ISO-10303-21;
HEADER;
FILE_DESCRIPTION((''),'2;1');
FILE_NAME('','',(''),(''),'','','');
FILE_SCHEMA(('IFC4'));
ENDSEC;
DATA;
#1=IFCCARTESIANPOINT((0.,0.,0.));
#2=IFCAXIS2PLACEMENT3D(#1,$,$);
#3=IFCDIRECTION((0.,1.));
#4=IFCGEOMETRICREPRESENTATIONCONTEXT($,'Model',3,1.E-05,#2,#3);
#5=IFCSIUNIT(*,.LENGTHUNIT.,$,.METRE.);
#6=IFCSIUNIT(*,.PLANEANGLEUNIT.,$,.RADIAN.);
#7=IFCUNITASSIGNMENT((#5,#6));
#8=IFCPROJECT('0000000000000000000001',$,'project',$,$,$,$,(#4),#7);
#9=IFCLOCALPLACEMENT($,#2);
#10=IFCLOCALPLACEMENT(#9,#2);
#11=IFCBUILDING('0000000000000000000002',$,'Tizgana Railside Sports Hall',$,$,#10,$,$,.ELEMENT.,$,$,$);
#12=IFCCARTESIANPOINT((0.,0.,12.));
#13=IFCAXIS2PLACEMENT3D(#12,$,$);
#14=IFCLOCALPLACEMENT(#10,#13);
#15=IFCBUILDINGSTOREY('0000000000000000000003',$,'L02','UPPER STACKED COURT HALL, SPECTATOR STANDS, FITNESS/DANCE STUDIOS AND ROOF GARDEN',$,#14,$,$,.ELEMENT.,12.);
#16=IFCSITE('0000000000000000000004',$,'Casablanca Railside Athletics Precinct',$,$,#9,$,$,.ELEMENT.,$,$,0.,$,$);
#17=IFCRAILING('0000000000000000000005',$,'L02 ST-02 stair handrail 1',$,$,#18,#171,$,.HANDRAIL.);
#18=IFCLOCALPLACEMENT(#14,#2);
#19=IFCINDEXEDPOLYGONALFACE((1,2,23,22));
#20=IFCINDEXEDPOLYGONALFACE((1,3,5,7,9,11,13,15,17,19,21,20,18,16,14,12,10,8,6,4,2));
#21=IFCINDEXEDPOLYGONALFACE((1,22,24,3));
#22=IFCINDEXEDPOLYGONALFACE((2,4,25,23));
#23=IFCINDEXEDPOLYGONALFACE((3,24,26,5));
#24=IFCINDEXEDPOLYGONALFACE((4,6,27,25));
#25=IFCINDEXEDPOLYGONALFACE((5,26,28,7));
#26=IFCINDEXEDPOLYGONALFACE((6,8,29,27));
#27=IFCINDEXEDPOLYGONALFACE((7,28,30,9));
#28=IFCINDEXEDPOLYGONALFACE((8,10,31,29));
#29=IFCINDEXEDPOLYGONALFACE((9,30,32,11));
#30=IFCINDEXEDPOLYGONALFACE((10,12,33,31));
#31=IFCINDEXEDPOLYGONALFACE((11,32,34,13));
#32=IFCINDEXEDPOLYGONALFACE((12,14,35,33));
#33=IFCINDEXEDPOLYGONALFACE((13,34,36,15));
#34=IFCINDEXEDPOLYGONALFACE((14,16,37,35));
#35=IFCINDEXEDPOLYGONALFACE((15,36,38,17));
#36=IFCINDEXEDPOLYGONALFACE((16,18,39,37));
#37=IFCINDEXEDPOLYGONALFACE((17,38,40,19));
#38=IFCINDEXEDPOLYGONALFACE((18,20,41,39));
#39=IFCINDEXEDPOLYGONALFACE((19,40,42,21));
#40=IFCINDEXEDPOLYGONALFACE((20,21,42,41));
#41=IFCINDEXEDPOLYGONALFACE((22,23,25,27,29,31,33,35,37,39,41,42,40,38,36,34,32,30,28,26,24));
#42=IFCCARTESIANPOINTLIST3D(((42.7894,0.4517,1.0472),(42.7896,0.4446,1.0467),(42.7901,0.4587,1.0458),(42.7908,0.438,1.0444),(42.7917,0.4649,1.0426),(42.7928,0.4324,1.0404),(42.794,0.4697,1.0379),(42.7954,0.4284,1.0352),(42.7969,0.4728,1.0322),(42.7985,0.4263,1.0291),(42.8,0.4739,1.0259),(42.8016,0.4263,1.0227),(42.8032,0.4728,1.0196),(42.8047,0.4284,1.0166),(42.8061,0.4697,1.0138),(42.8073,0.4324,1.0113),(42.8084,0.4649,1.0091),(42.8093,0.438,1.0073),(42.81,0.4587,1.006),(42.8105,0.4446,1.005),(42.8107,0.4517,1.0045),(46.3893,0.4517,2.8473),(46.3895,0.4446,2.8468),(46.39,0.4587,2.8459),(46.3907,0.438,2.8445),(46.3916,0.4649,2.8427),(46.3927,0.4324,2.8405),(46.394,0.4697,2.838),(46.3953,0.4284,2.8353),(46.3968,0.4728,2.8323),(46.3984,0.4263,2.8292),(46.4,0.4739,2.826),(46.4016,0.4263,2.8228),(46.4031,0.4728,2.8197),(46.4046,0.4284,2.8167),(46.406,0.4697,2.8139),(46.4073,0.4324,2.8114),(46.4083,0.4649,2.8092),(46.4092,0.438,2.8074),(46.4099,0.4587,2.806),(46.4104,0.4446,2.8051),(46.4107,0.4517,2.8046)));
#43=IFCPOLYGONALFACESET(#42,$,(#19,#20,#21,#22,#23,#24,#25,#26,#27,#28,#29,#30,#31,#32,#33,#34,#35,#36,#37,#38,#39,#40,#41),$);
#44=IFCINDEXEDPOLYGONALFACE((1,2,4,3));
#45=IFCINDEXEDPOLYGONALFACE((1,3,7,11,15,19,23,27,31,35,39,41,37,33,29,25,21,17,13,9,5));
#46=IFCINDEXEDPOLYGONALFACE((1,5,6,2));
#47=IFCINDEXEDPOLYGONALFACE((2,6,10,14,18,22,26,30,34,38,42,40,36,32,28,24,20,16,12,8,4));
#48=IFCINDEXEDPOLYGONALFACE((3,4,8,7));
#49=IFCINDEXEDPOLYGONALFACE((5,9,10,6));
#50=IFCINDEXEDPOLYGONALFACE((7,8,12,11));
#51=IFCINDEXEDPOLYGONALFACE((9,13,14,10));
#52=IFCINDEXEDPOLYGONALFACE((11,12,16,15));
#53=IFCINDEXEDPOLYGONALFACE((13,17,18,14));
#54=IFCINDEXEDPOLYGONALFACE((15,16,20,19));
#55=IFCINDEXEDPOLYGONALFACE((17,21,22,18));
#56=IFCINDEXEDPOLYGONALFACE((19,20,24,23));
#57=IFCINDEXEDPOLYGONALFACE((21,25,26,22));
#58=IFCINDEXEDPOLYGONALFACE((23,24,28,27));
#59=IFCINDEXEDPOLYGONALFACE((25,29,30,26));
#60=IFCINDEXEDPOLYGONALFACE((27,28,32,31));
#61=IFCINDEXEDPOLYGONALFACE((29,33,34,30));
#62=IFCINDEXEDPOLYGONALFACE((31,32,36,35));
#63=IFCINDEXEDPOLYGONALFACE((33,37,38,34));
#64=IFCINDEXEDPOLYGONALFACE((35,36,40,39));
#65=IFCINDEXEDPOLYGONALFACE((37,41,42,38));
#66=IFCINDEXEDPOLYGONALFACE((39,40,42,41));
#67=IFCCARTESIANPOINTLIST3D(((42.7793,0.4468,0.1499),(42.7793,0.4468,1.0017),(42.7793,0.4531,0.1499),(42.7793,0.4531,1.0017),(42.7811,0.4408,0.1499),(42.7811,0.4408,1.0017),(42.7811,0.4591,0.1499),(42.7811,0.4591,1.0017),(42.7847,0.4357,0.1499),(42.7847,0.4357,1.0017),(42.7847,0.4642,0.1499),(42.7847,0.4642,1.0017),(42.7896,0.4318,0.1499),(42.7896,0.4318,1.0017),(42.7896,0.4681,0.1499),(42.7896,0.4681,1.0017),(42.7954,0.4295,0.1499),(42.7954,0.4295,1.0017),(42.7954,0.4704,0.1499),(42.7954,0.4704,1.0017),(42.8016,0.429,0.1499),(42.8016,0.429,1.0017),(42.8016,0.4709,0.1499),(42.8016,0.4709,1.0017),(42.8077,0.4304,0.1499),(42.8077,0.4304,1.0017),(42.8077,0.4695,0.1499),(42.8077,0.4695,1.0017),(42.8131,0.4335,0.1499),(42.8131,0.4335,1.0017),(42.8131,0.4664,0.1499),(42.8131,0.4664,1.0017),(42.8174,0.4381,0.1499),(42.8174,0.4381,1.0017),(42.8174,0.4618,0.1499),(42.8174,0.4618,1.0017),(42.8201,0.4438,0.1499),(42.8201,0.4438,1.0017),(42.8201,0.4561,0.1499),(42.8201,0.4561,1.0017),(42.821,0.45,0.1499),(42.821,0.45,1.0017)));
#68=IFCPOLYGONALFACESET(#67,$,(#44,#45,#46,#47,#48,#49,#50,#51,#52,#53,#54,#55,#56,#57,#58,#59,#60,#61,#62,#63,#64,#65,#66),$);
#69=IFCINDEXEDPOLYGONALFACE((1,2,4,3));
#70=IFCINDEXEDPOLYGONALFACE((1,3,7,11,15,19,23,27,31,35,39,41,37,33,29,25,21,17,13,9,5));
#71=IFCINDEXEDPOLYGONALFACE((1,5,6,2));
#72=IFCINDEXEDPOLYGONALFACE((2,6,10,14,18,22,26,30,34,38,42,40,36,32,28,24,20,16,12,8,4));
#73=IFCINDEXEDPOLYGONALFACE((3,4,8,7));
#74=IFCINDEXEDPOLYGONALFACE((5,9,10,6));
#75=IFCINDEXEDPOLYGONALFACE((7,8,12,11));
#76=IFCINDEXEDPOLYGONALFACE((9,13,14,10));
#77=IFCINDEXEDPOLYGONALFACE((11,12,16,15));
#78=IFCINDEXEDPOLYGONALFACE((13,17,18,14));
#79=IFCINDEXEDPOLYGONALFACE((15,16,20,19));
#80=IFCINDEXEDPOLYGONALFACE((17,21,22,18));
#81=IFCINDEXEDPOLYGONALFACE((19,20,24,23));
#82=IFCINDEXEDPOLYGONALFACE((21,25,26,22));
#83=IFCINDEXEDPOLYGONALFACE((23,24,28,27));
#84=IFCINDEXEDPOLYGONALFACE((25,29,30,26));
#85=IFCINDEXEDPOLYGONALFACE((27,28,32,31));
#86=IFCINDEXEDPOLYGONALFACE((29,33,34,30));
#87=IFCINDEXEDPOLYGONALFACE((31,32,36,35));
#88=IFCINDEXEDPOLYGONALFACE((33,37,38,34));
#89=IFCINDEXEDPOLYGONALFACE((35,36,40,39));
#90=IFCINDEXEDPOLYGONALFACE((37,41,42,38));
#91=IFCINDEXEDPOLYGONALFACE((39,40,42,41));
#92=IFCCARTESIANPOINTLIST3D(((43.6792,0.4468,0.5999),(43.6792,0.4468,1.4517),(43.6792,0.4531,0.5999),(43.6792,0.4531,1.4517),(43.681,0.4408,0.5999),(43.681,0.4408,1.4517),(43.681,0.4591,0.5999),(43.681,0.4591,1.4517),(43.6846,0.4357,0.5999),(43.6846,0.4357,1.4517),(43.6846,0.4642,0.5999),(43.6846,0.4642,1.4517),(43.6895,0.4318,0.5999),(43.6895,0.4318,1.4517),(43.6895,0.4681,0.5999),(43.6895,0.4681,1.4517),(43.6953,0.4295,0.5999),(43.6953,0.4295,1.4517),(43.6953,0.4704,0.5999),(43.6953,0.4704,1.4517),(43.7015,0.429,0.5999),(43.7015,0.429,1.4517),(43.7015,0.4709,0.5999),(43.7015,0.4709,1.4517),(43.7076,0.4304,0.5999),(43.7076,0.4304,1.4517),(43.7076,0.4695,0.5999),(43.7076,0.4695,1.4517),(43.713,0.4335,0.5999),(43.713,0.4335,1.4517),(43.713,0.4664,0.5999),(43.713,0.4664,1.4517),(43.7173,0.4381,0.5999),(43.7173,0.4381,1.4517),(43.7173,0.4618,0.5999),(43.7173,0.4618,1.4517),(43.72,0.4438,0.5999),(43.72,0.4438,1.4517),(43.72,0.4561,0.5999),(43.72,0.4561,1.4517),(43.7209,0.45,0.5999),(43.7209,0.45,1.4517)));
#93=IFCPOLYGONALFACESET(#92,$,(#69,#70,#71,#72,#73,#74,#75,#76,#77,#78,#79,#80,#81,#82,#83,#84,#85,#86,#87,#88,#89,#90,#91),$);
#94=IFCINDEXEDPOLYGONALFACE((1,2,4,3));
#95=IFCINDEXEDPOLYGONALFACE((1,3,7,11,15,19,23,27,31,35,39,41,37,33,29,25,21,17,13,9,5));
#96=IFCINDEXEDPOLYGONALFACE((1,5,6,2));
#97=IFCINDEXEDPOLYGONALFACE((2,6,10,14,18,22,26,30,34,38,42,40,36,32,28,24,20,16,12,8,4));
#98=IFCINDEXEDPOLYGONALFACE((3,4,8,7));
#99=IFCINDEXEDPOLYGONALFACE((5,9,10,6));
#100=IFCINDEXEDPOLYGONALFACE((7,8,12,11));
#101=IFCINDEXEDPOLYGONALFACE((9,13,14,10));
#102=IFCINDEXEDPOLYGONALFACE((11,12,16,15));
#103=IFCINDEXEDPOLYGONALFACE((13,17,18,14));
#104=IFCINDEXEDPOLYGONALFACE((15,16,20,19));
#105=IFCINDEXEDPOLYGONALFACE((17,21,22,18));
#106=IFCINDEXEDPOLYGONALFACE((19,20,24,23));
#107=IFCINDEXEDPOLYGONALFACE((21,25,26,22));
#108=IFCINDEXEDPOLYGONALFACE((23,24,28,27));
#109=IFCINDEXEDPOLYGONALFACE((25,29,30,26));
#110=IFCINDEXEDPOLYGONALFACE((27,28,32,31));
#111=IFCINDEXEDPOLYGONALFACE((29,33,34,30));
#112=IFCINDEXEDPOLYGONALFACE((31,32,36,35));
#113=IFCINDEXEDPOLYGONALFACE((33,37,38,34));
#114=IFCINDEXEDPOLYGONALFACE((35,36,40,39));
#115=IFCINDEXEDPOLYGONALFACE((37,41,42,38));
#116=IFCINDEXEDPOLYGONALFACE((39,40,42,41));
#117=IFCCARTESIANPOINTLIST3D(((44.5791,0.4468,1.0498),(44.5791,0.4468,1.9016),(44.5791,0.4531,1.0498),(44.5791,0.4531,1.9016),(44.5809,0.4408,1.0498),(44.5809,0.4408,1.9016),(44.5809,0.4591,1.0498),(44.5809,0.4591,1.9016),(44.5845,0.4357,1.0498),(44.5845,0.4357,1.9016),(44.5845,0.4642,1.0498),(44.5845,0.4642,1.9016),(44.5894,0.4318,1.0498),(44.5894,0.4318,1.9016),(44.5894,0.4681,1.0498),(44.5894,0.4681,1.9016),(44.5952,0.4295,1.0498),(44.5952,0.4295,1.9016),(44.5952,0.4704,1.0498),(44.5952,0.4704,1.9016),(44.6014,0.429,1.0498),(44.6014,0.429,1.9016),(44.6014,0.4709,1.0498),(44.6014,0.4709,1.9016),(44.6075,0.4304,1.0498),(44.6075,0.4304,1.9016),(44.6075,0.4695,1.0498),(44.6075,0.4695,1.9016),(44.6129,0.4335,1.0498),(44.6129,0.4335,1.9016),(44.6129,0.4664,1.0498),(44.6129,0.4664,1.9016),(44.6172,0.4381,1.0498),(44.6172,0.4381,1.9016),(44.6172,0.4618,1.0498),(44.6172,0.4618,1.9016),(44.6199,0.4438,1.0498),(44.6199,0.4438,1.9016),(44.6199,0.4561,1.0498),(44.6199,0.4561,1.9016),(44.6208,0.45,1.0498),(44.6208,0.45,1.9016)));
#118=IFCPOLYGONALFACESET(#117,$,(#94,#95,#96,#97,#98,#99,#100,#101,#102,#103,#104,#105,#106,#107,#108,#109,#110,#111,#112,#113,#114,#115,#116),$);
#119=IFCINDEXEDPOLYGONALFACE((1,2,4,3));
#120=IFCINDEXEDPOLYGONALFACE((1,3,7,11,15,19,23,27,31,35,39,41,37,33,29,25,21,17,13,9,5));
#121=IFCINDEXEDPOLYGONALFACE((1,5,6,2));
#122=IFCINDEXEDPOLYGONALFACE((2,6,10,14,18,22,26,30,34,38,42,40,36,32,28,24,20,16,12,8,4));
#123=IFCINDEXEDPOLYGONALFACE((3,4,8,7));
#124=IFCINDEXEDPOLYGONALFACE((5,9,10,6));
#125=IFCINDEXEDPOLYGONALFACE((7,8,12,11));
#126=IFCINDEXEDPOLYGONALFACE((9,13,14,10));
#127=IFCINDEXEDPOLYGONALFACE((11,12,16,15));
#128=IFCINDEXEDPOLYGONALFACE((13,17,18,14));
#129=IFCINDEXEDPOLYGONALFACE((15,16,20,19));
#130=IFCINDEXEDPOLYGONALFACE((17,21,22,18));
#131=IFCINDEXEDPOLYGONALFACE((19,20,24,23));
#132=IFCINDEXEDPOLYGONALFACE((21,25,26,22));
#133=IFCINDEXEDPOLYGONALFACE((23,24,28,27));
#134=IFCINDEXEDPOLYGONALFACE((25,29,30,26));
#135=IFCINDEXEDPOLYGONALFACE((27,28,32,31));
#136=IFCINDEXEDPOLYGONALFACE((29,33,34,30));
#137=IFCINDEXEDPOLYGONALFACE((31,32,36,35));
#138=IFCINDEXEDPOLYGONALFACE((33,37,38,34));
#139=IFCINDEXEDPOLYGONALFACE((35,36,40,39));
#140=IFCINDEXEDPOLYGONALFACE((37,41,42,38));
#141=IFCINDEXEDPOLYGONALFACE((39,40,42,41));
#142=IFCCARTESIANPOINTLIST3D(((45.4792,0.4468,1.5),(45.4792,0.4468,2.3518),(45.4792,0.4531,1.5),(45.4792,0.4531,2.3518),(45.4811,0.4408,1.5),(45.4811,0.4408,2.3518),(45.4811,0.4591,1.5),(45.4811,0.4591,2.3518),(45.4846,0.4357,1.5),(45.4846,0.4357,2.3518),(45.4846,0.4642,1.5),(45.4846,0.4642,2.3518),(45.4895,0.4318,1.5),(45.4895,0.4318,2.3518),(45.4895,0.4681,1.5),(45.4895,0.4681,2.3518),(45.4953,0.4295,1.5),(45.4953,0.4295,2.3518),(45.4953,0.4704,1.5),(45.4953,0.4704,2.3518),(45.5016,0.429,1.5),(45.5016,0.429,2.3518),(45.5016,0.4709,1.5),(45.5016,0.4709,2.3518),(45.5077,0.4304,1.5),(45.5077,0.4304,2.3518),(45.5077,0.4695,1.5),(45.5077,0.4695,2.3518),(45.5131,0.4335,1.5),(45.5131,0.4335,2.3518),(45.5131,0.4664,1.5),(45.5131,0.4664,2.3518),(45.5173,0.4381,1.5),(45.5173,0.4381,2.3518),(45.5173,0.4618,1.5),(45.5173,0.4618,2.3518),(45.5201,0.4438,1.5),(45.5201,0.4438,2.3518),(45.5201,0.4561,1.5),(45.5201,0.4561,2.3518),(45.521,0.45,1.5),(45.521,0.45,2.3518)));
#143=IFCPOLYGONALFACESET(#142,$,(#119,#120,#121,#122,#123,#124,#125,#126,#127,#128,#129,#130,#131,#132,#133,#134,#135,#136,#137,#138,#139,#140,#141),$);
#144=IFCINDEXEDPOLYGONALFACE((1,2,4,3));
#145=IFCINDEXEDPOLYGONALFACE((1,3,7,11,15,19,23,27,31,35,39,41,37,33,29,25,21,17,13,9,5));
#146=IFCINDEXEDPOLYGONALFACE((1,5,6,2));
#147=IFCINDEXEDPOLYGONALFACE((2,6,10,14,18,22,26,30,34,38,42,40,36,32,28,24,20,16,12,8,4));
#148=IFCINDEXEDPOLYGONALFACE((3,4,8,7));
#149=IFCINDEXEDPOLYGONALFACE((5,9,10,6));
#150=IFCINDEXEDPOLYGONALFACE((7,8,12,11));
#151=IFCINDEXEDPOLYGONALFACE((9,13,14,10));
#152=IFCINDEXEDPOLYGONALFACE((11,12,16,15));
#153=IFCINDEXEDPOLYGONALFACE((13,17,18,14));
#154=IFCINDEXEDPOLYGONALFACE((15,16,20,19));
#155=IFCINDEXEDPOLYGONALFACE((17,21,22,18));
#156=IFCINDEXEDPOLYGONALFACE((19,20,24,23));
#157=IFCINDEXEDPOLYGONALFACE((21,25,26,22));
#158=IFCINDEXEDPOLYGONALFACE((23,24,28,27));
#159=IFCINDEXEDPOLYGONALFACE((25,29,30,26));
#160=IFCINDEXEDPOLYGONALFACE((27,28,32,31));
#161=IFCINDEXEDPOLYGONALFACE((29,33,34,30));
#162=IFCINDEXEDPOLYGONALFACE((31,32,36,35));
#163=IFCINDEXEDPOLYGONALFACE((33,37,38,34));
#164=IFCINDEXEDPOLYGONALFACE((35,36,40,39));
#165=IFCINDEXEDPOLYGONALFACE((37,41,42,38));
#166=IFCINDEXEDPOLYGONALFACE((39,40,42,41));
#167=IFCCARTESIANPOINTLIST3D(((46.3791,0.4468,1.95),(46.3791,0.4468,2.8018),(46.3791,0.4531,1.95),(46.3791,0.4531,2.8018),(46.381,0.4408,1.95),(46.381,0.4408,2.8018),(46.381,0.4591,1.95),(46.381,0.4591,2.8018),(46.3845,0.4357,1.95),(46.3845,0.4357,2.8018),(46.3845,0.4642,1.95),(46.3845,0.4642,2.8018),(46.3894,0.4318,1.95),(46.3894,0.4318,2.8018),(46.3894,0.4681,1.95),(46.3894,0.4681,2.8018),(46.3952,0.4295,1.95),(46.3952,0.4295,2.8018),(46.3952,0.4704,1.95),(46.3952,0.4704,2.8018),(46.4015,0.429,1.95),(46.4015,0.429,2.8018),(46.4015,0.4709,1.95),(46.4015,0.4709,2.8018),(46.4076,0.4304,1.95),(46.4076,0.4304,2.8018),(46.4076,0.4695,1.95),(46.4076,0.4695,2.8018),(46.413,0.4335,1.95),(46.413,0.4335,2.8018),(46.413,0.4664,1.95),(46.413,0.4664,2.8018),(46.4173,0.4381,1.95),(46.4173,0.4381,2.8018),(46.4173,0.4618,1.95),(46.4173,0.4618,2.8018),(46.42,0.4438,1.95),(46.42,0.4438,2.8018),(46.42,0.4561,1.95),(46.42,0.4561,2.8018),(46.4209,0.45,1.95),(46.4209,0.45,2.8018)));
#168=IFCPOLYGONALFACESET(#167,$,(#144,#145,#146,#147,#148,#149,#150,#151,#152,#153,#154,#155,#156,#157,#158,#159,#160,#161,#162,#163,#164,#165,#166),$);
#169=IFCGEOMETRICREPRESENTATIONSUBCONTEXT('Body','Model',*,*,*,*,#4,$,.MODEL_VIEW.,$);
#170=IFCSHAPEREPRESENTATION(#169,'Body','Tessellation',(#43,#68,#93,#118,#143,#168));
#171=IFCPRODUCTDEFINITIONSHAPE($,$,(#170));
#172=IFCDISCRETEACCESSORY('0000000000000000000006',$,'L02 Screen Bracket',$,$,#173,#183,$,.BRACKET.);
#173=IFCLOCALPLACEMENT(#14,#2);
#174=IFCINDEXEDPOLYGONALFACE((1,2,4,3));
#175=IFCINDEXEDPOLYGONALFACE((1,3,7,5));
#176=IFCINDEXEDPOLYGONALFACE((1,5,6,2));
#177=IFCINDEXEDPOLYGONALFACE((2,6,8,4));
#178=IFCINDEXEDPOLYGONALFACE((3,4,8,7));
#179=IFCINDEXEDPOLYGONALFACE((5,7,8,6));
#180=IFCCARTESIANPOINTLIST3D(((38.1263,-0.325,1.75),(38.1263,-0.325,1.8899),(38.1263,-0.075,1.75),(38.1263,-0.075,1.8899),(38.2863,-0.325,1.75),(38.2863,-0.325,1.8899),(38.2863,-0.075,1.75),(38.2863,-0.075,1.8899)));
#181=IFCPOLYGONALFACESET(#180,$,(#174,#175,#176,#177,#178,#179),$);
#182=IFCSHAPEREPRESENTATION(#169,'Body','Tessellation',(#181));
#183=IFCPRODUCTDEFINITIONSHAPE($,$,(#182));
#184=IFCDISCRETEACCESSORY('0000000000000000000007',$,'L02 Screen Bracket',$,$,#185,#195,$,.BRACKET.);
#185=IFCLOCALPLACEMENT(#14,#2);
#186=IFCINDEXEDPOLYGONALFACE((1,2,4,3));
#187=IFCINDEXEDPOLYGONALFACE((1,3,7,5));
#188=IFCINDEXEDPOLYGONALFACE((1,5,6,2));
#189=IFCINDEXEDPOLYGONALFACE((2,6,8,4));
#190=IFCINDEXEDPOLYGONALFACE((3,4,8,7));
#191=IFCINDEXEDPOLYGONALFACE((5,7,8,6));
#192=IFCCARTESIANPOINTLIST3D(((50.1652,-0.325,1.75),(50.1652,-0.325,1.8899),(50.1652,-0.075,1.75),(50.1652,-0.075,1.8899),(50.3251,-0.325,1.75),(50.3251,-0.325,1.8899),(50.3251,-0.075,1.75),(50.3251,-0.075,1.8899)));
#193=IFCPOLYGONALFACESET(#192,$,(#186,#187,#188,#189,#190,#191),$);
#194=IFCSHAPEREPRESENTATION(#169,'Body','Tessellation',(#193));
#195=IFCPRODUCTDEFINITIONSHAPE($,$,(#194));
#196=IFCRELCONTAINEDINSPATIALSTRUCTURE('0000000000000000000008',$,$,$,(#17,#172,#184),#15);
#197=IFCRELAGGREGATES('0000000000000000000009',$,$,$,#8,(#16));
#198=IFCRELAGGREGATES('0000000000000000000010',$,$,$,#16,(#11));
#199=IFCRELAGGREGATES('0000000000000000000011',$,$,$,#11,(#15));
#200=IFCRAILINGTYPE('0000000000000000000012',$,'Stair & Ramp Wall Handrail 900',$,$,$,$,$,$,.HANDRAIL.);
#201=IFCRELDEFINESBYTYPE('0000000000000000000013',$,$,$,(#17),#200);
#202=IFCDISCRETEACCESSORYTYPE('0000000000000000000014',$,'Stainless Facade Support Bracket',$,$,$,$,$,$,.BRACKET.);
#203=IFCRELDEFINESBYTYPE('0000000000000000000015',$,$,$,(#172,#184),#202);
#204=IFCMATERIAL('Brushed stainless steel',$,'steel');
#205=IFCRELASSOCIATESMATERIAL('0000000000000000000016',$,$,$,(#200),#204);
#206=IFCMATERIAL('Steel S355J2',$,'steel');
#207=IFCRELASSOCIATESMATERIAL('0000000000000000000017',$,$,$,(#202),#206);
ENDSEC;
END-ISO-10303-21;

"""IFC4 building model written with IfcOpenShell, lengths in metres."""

from ifc_helpers import new_model, si_unit, direction, frame, origin, origin_2d, place, context, subcontext, project, spatial, rectangle, circle, extrude, material, type_object, element, save


model = new_model("IFC4")

# Units and contexts
model_context = context("Model", 3, precision=1e-05, world=origin(), true_north=direction((0.0, 1.0)))
body_context = subcontext(model_context, "Body", "Model", "MODEL_VIEW")
ifc_project = project(units=[si_unit("LENGTHUNIT", "METRE"), si_unit("PLANEANGLEUNIT", "RADIAN")], contexts=[model_context])

# Site, building, storey
site_placement = place(None, origin())
site = spatial("IfcSite", under=ifc_project, at=site_placement, Name="Casablanca Railside Athletics Precinct", CompositionType="ELEMENT", RefElevation=0.0)
building_placement = place(site_placement, origin())
building = spatial("IfcBuilding", under=site, at=building_placement, Name="Tizgana Railside Sports Hall", CompositionType="ELEMENT")
storey_placement = place(building_placement, frame((0.0, 0.0, 12.0)))
storey = spatial("IfcBuildingStorey", under=building, at=storey_placement, Name="L02", Description="UPPER STACKED COURT HALL, SPECTATOR STANDS, FITNESS/DANCE STUDIOS AND ROOF GARDEN", CompositionType="ELEMENT", Elevation=12.0)

# Shared definitions
ifc_material_1 = material(Name="Steel S355J2", Category="steel")

# Railing
ifc_material_2 = material(Name="Brushed stainless steel", Category="steel")
railing_type_1 = type_object("IfcRailingType", Name="Stair & Ramp Wall Handrail 900", PredefinedType="HANDRAIL", material=ifc_material_2)
railing_1_placement = place(storey_placement, frame((42.8, 0.45, 0.1499)))
element("IfcRailing", 1, at=railing_1_placement, inside=storey, type_object=railing_type_1, Name="L02 ST-02 stair handrail 1", PredefinedType="HANDRAIL", context=body_context, shape_type="SweptSolid", body=[
    extrude(circle(Radius=0.0239, at=origin_2d()), frame((0.0, 0.0, 0.876), z_axis=(0.894415, 0.0, 0.447238), x_axis=(0.0, 1.0, 0.0)), (0.0, 0.0, 1.0), 4.0249),
    extrude(circle(Radius=0.021, at=origin_2d()), origin(), (0.0, 0.0, 1.0), 0.8518),
    extrude(circle(Radius=0.021, at=origin_2d()), frame((0.8999, 0.0, 0.45)), (0.0, 0.0, 1.0), 0.8518),
    extrude(circle(Radius=0.021, at=origin_2d()), frame((1.7998, 0.0, 0.8999)), (0.0, 0.0, 1.0), 0.8518),
    extrude(circle(Radius=0.021, at=origin_2d()), frame((2.7, 0.0, 1.3501)), (0.0, 0.0, 1.0), 0.8518),
    extrude(circle(Radius=0.021, at=origin_2d()), frame((3.5999, 0.0, 1.8)), (0.0, 0.0, 1.0), 0.8518),
])

# Discrete accessories
discrete_accessory_type = type_object("IfcDiscreteAccessoryType", Name="Stainless Facade Support Bracket", PredefinedType="BRACKET", material=ifc_material_1)
for number, where, z_axis, x_axis, name in (
    (2, (38.2063, -0.2, 1.75), (0.0, 0.0, 1.0), (-1.0, 0.0, 0.0), "L02 Screen Bracket"),
    (3, (50.2451, -0.2, 1.75), (0.0, 0.0, 1.0), (-1.0, 0.0, 0.0), "L02 Screen Bracket"),
):
    element("IfcDiscreteAccessory", number, at=place(storey_placement, frame(where, z_axis=z_axis, x_axis=x_axis)), inside=storey, type_object=discrete_accessory_type, Name=name, PredefinedType="BRACKET", context=body_context, shape_type="SweptSolid", body=[
        extrude(rectangle(XDim=0.1599, YDim=0.25, at=origin_2d()), origin(), (0.0, 0.0, 1.0), 0.1399),
    ])

save(model, "model.ifc")
